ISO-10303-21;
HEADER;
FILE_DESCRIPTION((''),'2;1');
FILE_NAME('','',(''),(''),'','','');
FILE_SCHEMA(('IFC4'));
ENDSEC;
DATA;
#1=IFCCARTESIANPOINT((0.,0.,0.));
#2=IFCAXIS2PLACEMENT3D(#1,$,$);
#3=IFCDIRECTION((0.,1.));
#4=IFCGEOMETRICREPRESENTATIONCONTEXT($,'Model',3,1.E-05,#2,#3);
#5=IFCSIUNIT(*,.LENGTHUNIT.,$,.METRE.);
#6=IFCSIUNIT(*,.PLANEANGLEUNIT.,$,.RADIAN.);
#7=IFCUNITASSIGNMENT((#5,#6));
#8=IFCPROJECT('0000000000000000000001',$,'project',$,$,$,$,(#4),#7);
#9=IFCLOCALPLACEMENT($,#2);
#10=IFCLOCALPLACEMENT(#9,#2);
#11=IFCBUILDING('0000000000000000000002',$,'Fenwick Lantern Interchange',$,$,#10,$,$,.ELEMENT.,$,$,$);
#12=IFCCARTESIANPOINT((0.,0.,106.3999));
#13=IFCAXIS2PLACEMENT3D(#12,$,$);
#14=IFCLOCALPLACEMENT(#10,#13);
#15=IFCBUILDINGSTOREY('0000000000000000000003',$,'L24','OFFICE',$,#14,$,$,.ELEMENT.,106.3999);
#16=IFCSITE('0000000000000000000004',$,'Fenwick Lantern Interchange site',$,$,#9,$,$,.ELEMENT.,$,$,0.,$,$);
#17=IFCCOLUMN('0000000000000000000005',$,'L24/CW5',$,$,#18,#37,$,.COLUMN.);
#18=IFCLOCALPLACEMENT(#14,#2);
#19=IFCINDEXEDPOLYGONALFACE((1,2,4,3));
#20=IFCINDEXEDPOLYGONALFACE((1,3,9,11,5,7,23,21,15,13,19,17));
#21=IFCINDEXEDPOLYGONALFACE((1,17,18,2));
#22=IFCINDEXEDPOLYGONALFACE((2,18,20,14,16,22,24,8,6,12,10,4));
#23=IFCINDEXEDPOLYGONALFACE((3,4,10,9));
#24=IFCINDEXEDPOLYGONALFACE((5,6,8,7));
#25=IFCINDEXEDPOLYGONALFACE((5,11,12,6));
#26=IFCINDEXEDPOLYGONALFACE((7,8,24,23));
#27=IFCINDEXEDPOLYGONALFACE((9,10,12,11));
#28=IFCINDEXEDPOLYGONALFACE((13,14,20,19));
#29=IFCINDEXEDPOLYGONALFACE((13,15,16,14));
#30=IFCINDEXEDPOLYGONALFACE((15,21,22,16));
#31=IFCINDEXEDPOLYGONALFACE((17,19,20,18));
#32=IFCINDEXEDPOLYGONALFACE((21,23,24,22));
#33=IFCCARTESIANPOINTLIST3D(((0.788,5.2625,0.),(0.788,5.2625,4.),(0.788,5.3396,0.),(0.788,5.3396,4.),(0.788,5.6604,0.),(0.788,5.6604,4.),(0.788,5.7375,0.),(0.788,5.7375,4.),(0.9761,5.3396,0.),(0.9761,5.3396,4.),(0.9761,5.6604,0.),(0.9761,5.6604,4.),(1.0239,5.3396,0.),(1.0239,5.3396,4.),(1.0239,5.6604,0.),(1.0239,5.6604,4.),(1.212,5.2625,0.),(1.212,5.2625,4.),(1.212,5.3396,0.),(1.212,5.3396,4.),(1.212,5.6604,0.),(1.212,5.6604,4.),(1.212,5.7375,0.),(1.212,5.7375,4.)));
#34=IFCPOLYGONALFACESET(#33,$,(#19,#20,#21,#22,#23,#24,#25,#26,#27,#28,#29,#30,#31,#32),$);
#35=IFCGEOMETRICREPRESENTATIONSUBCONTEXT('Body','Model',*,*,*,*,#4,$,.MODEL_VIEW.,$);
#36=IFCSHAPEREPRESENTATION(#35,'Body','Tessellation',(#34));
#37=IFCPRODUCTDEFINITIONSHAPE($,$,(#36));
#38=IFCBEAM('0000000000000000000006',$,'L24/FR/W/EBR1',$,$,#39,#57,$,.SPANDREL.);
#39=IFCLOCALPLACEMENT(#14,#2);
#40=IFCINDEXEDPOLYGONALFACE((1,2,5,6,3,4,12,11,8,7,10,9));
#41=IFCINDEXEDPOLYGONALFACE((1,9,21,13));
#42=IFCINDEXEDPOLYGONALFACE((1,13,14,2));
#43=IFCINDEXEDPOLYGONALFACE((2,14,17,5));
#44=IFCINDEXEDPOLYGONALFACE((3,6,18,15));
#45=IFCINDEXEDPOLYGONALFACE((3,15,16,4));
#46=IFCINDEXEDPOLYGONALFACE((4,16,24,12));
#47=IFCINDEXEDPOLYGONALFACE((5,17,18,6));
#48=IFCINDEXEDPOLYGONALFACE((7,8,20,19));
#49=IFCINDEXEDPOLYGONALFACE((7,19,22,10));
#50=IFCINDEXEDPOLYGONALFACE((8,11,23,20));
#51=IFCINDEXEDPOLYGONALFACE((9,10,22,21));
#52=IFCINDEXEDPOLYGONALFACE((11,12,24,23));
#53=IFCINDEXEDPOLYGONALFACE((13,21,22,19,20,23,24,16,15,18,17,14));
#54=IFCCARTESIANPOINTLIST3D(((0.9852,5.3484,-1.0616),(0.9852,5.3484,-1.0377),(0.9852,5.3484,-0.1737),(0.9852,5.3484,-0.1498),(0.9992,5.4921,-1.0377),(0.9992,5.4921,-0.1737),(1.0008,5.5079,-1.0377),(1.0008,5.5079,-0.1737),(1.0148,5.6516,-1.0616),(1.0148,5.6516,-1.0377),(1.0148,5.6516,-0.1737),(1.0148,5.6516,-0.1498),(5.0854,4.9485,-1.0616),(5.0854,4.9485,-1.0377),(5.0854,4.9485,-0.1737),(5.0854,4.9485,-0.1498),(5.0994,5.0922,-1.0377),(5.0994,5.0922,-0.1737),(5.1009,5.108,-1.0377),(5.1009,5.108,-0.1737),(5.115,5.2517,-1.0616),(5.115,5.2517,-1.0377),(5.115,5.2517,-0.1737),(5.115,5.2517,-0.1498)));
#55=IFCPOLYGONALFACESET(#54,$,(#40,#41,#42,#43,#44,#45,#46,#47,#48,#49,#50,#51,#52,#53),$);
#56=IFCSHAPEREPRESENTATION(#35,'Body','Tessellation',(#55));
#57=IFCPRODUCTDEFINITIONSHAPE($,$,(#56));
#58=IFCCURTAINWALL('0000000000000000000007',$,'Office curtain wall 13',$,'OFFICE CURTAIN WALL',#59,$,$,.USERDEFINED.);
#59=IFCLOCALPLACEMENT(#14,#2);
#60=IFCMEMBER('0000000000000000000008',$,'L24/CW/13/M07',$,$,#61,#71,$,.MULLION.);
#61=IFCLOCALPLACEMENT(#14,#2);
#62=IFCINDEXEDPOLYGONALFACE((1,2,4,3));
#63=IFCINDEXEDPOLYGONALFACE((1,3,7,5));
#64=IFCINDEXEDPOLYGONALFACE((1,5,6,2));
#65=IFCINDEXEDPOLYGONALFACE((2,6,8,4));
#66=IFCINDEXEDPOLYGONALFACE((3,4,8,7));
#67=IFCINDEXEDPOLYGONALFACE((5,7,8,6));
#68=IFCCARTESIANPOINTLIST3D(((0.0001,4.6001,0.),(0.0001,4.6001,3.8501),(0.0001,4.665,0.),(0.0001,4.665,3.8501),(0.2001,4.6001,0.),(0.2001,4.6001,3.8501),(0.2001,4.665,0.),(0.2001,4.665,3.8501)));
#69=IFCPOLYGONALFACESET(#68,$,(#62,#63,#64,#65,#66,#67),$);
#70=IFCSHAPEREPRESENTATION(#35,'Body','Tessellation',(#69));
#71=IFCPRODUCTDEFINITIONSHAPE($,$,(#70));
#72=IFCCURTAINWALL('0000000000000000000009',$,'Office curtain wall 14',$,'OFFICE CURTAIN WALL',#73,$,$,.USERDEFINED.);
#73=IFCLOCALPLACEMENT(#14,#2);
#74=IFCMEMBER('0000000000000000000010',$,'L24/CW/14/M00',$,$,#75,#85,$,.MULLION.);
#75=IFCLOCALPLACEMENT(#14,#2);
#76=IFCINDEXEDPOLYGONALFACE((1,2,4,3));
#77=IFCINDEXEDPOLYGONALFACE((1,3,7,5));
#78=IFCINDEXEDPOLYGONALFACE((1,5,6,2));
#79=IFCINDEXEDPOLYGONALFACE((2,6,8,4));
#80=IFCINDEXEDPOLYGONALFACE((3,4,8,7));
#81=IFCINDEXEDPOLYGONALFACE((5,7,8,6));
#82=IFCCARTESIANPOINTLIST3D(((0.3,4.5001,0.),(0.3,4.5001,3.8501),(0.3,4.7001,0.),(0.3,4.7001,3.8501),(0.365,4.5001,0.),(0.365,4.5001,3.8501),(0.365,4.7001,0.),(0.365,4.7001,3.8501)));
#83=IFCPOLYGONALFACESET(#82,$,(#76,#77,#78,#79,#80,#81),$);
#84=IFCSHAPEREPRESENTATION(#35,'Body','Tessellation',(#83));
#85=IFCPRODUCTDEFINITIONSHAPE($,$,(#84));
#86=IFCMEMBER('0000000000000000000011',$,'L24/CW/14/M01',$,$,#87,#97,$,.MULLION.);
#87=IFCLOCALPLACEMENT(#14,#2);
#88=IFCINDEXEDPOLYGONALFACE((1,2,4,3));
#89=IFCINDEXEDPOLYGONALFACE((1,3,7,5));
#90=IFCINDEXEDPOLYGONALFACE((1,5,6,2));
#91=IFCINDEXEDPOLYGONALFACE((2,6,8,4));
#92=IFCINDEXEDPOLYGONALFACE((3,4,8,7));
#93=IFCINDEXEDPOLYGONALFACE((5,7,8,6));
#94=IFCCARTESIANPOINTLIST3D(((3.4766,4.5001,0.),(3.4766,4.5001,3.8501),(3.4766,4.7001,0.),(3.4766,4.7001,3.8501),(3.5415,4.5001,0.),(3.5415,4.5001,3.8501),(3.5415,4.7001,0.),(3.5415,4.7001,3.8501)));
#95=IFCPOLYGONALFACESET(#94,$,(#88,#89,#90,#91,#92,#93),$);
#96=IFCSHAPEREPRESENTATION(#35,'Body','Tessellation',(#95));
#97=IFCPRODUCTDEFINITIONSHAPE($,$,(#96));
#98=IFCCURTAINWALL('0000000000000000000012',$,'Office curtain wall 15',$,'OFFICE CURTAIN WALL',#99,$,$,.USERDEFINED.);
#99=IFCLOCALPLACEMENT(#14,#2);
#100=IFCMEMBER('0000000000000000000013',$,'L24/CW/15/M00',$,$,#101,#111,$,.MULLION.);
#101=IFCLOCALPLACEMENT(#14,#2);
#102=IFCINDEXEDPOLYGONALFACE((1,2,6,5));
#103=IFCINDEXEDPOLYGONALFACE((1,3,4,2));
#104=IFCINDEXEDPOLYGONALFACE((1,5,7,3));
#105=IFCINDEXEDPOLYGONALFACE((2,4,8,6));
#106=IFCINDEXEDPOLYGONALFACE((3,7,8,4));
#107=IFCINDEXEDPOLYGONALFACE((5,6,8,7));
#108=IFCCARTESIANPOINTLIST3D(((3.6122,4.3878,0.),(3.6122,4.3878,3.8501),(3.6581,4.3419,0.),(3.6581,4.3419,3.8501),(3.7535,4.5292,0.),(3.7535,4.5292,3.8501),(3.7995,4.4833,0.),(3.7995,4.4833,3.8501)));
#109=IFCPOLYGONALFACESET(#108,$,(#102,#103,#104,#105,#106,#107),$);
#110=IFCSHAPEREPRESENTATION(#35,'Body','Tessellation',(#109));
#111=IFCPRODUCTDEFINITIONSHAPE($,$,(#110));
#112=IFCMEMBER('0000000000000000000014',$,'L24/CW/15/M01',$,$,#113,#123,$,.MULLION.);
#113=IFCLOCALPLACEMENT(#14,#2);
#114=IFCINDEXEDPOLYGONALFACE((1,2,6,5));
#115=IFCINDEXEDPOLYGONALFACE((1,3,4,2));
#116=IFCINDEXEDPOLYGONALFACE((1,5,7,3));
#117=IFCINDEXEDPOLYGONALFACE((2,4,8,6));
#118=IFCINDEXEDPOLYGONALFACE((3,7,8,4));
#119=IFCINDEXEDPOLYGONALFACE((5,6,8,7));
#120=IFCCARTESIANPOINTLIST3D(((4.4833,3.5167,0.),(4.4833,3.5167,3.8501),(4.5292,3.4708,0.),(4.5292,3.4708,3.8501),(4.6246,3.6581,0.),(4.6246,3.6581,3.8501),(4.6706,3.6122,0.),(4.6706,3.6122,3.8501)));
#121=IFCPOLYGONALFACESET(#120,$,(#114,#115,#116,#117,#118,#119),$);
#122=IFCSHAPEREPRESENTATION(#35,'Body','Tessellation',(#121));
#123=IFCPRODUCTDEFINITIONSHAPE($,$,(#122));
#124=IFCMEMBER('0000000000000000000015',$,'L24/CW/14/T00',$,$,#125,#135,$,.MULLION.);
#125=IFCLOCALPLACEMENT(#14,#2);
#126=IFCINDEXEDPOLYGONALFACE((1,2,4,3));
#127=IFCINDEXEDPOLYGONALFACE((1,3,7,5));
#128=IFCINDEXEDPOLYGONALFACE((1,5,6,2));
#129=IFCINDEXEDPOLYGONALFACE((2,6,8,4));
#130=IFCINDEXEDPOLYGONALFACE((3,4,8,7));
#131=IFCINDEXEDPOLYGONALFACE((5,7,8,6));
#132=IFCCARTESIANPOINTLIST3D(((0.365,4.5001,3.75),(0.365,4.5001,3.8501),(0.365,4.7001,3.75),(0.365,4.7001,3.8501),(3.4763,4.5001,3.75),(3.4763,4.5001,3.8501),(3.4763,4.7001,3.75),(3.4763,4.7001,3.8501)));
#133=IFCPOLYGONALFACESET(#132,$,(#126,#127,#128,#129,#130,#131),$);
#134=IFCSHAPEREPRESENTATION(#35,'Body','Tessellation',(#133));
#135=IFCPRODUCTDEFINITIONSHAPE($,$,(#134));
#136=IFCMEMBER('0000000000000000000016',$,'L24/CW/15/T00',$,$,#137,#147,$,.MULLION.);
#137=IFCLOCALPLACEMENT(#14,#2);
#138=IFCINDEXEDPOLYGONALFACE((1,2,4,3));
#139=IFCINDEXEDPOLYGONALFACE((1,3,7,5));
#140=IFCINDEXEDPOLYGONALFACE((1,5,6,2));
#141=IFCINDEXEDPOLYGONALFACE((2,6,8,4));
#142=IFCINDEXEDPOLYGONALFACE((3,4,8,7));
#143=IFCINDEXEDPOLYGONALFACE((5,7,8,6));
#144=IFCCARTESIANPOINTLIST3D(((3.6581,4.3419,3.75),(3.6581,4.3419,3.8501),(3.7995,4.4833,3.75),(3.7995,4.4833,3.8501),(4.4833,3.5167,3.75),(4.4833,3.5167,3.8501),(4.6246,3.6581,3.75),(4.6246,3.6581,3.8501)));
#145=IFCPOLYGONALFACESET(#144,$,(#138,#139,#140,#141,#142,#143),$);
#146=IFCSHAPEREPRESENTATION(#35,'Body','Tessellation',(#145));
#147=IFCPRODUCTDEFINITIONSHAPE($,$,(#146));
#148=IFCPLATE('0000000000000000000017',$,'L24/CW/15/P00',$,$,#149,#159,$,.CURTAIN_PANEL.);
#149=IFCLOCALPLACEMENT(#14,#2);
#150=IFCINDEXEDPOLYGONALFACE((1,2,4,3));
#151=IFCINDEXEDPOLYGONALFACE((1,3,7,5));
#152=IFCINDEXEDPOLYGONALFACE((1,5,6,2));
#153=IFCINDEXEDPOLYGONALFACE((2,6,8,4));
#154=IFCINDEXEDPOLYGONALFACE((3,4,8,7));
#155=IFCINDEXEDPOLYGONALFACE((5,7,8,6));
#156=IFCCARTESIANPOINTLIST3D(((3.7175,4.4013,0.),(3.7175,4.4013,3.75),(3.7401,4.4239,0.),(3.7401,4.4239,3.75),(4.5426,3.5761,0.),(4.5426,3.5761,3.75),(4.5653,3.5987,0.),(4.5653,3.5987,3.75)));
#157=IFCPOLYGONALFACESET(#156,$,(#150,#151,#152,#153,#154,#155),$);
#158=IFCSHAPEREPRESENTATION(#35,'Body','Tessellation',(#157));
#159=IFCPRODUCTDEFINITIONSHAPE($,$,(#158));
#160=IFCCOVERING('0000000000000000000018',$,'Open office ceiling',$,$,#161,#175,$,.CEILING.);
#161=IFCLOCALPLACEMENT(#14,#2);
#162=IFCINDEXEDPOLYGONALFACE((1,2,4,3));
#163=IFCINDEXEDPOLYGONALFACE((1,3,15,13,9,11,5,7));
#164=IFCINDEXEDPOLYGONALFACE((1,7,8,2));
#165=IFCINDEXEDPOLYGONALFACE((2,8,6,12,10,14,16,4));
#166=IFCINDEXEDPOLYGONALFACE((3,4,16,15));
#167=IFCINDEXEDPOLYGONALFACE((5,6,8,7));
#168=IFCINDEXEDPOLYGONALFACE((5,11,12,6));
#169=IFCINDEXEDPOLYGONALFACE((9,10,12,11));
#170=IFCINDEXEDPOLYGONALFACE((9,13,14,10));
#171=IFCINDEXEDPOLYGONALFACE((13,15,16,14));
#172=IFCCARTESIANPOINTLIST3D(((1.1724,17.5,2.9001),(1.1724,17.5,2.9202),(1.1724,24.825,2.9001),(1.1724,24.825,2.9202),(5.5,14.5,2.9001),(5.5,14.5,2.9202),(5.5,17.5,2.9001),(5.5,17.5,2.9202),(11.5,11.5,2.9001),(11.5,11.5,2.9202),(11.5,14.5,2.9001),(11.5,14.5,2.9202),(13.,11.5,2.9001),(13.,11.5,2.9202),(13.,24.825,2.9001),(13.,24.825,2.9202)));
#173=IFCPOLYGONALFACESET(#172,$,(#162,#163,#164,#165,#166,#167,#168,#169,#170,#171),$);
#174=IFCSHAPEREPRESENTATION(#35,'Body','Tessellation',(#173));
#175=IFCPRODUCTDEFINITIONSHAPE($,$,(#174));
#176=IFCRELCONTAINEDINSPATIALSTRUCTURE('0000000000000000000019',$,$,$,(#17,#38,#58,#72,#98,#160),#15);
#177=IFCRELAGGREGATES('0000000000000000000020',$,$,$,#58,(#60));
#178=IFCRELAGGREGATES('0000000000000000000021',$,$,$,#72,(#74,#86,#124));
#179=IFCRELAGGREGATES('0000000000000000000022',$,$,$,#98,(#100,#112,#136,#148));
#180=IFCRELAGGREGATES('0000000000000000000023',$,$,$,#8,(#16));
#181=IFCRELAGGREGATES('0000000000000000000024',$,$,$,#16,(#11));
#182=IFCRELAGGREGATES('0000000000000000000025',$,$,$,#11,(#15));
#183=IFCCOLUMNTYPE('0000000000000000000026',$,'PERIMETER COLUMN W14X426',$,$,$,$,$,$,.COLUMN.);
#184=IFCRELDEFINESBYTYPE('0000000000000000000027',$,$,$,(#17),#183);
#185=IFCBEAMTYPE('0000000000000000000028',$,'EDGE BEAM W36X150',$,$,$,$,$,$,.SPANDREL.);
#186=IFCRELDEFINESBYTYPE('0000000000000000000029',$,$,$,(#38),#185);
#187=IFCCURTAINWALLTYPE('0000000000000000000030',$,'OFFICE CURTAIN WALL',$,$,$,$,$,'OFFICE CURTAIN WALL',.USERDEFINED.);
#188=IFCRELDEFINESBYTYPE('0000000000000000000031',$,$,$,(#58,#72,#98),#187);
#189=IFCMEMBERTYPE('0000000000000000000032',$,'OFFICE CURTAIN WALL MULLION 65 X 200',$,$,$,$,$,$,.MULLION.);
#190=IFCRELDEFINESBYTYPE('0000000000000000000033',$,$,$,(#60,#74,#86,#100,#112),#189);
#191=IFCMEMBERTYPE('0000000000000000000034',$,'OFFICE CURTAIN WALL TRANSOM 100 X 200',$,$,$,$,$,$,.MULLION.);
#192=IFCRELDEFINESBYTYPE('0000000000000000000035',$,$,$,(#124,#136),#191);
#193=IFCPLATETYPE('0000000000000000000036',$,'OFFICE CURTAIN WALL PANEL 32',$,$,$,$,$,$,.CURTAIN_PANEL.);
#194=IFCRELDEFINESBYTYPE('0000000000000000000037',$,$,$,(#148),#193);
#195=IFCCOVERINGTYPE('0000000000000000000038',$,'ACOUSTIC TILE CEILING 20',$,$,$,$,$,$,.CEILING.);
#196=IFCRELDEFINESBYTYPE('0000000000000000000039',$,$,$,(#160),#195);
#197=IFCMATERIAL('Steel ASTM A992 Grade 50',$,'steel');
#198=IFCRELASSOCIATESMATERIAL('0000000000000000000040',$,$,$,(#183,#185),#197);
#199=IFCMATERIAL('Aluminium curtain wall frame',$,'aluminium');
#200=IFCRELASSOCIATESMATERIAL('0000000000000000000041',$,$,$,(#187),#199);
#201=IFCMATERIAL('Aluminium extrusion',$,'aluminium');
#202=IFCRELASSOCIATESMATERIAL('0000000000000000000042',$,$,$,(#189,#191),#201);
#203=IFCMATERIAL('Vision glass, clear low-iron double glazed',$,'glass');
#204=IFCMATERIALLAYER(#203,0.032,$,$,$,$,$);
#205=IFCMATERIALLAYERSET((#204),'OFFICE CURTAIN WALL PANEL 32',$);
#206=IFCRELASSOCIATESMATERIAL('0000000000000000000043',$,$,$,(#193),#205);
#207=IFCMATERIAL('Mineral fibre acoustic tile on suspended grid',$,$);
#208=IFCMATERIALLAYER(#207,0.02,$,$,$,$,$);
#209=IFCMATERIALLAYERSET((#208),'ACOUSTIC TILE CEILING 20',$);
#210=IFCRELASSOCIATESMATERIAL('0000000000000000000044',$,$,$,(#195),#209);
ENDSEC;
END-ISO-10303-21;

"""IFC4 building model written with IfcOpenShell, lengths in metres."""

from ifc_helpers import new_model, si_unit, direction, frame, origin, origin_2d, place, context, subcontext, project, spatial, polyline, rectangle, i_section, outline, extrude, material, layer, layer_set, material_profile, profile_set, type_object, element, aggregate, save


model = new_model("IFC4")

# Units and contexts
model_context = context("Model", 3, precision=1e-05, world=origin(), true_north=direction((0.0, 1.0)))
body_context = subcontext(model_context, "Body", "Model", "MODEL_VIEW")
ifc_project = project(units=[si_unit("LENGTHUNIT", "METRE"), si_unit("PLANEANGLEUNIT", "RADIAN")], contexts=[model_context])

# Site, building, storey
site_placement = place(None, origin())
site = spatial("IfcSite", under=ifc_project, at=site_placement, Name="Fenwick Lantern Interchange site", CompositionType="ELEMENT", RefElevation=0.0)
building_placement = place(site_placement, origin())
building = spatial("IfcBuilding", under=site, at=building_placement, Name="Fenwick Lantern Interchange", CompositionType="ELEMENT")
storey_placement = place(building_placement, frame((0.0, 0.0, 106.3999)))
storey = spatial("IfcBuildingStorey", under=building, at=storey_placement, Name="L24", Description="OFFICE", CompositionType="ELEMENT", Elevation=106.3999)

# Column
ifc_material_1 = material(Name="Steel ASTM A992 Grade 50", Category="steel")
ifc_material_profile_1 = material_profile(ifc_material_1, i_section(OverallWidth=0.4241, OverallDepth=0.4751, WebThickness=0.0479, FlangeThickness=0.0771, at=origin_2d()), Name="W14X426")
ifc_profile_set_1 = profile_set([ifc_material_profile_1], Name="Steel ASTM A992 Grade 50")
column_type = type_object("IfcColumnType", Name="PERIMETER COLUMN W14X426", PredefinedType="COLUMN", material=ifc_profile_set_1)
column_placement = place(storey_placement, frame((1.0, 5.5, 0.0), z_axis=(0.0, 0.0, 1.0), x_axis=(1.0, 0.0, 0.0)))
element("IfcColumn", 1, at=column_placement, inside=storey, type_object=column_type, Name="L24/CW5", PredefinedType="COLUMN", context=body_context, shape_type="SweptSolid", body=[
    extrude(i_section(OverallWidth=0.4241, OverallDepth=0.4751, WebThickness=0.0479, FlangeThickness=0.0771, at=origin_2d()), origin(), (0.0, 0.0, 1.0), 4.0),
])

# Beam
ifc_material_profile_2 = material_profile(ifc_material_1, i_section(OverallWidth=0.3047, OverallDepth=0.9119, WebThickness=0.0159, FlangeThickness=0.0239, at=origin_2d()), Name="W36X150")
ifc_profile_set_2 = profile_set([ifc_material_profile_2], Name="Steel ASTM A992 Grade 50")
beam_type = type_object("IfcBeamType", Name="EDGE BEAM W36X150", PredefinedType="SPANDREL", material=ifc_profile_set_2)
beam_placement = place(storey_placement, frame((1.0, 5.5, -0.6057), z_axis=(0.995277, -0.097074, 0.0), x_axis=(0.097074, 0.995277, 0.0)))
element("IfcBeam", 2, at=beam_placement, inside=storey, type_object=beam_type, Name="L24/FR/W/EBR1", PredefinedType="SPANDREL", context=body_context, shape_type="SweptSolid", body=[
    extrude(i_section(OverallWidth=0.3047, OverallDepth=0.9119, WebThickness=0.0159, FlangeThickness=0.0239, at=origin_2d()), origin(), (0.0, 0.0, 1.0), 4.1196),
])

# Curtain wall, member
ifc_material_2 = material(Name="Aluminium curtain wall frame", Category="aluminium")
curtain_wall_type = type_object("IfcCurtainWallType", Name="OFFICE CURTAIN WALL", ElementType="OFFICE CURTAIN WALL", PredefinedType="USERDEFINED", material=ifc_material_2)
curtain_wall_1_placement = place(storey_placement, origin())
curtain_wall_1 = element("IfcCurtainWall", 3, at=curtain_wall_1_placement, inside=storey, type_object=curtain_wall_type, Name="Office curtain wall 13", ObjectType="OFFICE CURTAIN WALL", PredefinedType="USERDEFINED")
ifc_material_3 = material(Name="Aluminium extrusion", Category="aluminium")
ifc_material_profile_3 = material_profile(ifc_material_3, rectangle(XDim=0.2, YDim=0.0649, at=origin_2d()), Name="OFFICE CURTAIN WALL MULLION 65 X 200")
ifc_profile_set_3 = profile_set([ifc_material_profile_3], Name="Aluminium extrusion")
member_type_1 = type_object("IfcMemberType", Name="OFFICE CURTAIN WALL MULLION 65 X 200", PredefinedType="MULLION", material=ifc_profile_set_3)
member_1_placement = place(storey_placement, frame((0.1001, 4.6326, 0.0), z_axis=(0.0, 0.0, 1.0), x_axis=(1.0, 0.0, 0.0)))
member_1 = element("IfcMember", 4, at=member_1_placement, type_object=member_type_1, Name="L24/CW/13/M07", PredefinedType="MULLION", context=body_context, shape_type="SweptSolid", body=[
    extrude(rectangle(XDim=0.2, YDim=0.0649, at=origin_2d()), origin(), (0.0, 0.0, 1.0), 3.8501),
])
aggregate(curtain_wall_1, [member_1])

# Curtain walls, members
curtain_wall_2_placement = place(storey_placement, origin())
curtain_wall_2 = element("IfcCurtainWall", 5, at=curtain_wall_2_placement, inside=storey, type_object=curtain_wall_type, Name="Office curtain wall 14", ObjectType="OFFICE CURTAIN WALL", PredefinedType="USERDEFINED")
member_2_placement = place(storey_placement, frame((0.3325, 4.6001, 0.0), z_axis=(0.0, 0.0, 1.0), x_axis=(0.0, 1.0, 0.0)))
member_2 = element("IfcMember", 6, at=member_2_placement, type_object=member_type_1, Name="L24/CW/14/M00", PredefinedType="MULLION", context=body_context, shape_type="SweptSolid", body=[
    extrude(rectangle(XDim=0.2, YDim=0.0649, at=origin_2d()), origin(), (0.0, 0.0, 1.0), 3.8501),
])
member_3_placement = place(storey_placement, frame((3.509, 4.6001, 0.0), z_axis=(0.0, 0.0, 1.0), x_axis=(0.0, 1.0, 0.0)))
member_3 = element("IfcMember", 7, at=member_3_placement, type_object=member_type_1, Name="L24/CW/14/M01", PredefinedType="MULLION", context=body_context, shape_type="SweptSolid", body=[
    extrude(rectangle(XDim=0.2, YDim=0.0649, at=origin_2d()), origin(), (0.0, 0.0, 1.0), 3.8501),
])
curtain_wall_3_placement = place(storey_placement, origin())
curtain_wall_3 = element("IfcCurtainWall", 8, at=curtain_wall_3_placement, inside=storey, type_object=curtain_wall_type, Name="Office curtain wall 15", ObjectType="OFFICE CURTAIN WALL", PredefinedType="USERDEFINED")
member_4_placement = place(storey_placement, frame((3.7058, 4.4355, 0.0), z_axis=(0.0, 0.0, 1.0), x_axis=(0.707107, 0.707107, 0.0)))
member_4 = element("IfcMember", 9, at=member_4_placement, type_object=member_type_1, Name="L24/CW/15/M00", PredefinedType="MULLION", context=body_context, shape_type="SweptSolid", body=[
    extrude(rectangle(XDim=0.2, YDim=0.0649, at=origin_2d()), origin(), (0.0, 0.0, 1.0), 3.8501),
])
member_5_placement = place(storey_placement, frame((4.5769, 3.5645, 0.0), z_axis=(0.0, 0.0, 1.0), x_axis=(0.707107, 0.707107, 0.0)))
member_5 = element("IfcMember", 10, at=member_5_placement, type_object=member_type_1, Name="L24/CW/15/M01", PredefinedType="MULLION", context=body_context, shape_type="SweptSolid", body=[
    extrude(rectangle(XDim=0.2, YDim=0.0649, at=origin_2d()), origin(), (0.0, 0.0, 1.0), 3.8501),
])

# Members
ifc_material_profile_4 = material_profile(ifc_material_3, rectangle(XDim=0.2, YDim=0.1001, at=origin_2d()), Name="OFFICE CURTAIN WALL TRANSOM 100 X 200")
ifc_profile_set_4 = profile_set([ifc_material_profile_4], Name="Aluminium extrusion")
member_type_2 = type_object("IfcMemberType", Name="OFFICE CURTAIN WALL TRANSOM 100 X 200", PredefinedType="MULLION", material=ifc_profile_set_4)
member_6_placement = place(storey_placement, frame((0.365, 4.6001, 3.8), z_axis=(1.0, 0.0, 0.0), x_axis=(0.0, 1.0, 0.0)))
member_6 = element("IfcMember", 11, at=member_6_placement, type_object=member_type_2, Name="L24/CW/14/T00", PredefinedType="MULLION", context=body_context, shape_type="SweptSolid", body=[
    extrude(rectangle(XDim=0.2, YDim=0.1001, at=origin_2d()), origin(), (0.0, 0.0, 1.0), 3.1113),
])
aggregate(curtain_wall_2, [member_2, member_3, member_6])
member_7_placement = place(storey_placement, frame((3.7288, 4.4126, 3.8), z_axis=(0.707107, -0.707107, 0.0), x_axis=(0.707107, 0.707107, 0.0)))
member_7 = element("IfcMember", 12, at=member_7_placement, type_object=member_type_2, Name="L24/CW/15/T00", PredefinedType="MULLION", context=body_context, shape_type="SweptSolid", body=[
    extrude(rectangle(XDim=0.2, YDim=0.1001, at=origin_2d()), origin(), (0.0, 0.0, 1.0), 1.167),
])

# Shared definitions
ifc_material_4 = material(Name="Vision glass, clear low-iron double glazed", Category="glass")
ifc_layer_1 = layer(ifc_material_4, 0.032)
ifc_layer_set_1 = layer_set([ifc_layer_1], Name="OFFICE CURTAIN WALL PANEL 32")
plate_type = type_object("IfcPlateType", Name="OFFICE CURTAIN WALL PANEL 32", PredefinedType="CURTAIN_PANEL", material=ifc_layer_set_1)

# Plate
plate_1_placement = place(storey_placement, frame((4.1414, 4.0, 0.0), z_axis=(0.0, 0.0, 1.0), x_axis=(0.707107, -0.707107, 0.0)))
plate_1 = element("IfcPlate", 13, at=plate_1_placement, type_object=plate_type, Name="L24/CW/15/P00", PredefinedType="CURTAIN_PANEL", context=body_context, shape_type="SweptSolid", body=[
    extrude(rectangle(XDim=1.167, YDim=0.032, at=origin_2d()), origin(), (0.0, 0.0, 1.0), 3.75),
])
aggregate(curtain_wall_3, [member_4, member_5, member_7, plate_1])

# Covering
ifc_material_5 = material(Name="Mineral fibre acoustic tile on suspended grid")
ifc_layer_2 = layer(ifc_material_5, 0.02)
ifc_layer_set_2 = layer_set([ifc_layer_2], Name="ACOUSTIC TILE CEILING 20")
covering_type_1 = type_object("IfcCoveringType", Name="ACOUSTIC TILE CEILING 20", PredefinedType="CEILING", material=ifc_layer_set_2)
covering_1_placement = place(storey_placement, frame((0.0, 0.0, 2.9001)))
element("IfcCovering", 14, at=covering_1_placement, inside=storey, type_object=covering_type_1, Name="Open office ceiling", PredefinedType="CEILING", context=body_context, shape_type="SweptSolid", body=[
    extrude(outline(polyline([(13.0, 11.5), (13.0, 24.825), (1.1724, 24.825), (1.1724, 17.5), (5.5, 17.5), (5.5, 14.5), (11.5, 14.5), (11.5, 11.5), (13.0, 11.5)])), origin(), (0.0, 0.0, 1.0), 0.02),
])

save(model, "model.ifc")
